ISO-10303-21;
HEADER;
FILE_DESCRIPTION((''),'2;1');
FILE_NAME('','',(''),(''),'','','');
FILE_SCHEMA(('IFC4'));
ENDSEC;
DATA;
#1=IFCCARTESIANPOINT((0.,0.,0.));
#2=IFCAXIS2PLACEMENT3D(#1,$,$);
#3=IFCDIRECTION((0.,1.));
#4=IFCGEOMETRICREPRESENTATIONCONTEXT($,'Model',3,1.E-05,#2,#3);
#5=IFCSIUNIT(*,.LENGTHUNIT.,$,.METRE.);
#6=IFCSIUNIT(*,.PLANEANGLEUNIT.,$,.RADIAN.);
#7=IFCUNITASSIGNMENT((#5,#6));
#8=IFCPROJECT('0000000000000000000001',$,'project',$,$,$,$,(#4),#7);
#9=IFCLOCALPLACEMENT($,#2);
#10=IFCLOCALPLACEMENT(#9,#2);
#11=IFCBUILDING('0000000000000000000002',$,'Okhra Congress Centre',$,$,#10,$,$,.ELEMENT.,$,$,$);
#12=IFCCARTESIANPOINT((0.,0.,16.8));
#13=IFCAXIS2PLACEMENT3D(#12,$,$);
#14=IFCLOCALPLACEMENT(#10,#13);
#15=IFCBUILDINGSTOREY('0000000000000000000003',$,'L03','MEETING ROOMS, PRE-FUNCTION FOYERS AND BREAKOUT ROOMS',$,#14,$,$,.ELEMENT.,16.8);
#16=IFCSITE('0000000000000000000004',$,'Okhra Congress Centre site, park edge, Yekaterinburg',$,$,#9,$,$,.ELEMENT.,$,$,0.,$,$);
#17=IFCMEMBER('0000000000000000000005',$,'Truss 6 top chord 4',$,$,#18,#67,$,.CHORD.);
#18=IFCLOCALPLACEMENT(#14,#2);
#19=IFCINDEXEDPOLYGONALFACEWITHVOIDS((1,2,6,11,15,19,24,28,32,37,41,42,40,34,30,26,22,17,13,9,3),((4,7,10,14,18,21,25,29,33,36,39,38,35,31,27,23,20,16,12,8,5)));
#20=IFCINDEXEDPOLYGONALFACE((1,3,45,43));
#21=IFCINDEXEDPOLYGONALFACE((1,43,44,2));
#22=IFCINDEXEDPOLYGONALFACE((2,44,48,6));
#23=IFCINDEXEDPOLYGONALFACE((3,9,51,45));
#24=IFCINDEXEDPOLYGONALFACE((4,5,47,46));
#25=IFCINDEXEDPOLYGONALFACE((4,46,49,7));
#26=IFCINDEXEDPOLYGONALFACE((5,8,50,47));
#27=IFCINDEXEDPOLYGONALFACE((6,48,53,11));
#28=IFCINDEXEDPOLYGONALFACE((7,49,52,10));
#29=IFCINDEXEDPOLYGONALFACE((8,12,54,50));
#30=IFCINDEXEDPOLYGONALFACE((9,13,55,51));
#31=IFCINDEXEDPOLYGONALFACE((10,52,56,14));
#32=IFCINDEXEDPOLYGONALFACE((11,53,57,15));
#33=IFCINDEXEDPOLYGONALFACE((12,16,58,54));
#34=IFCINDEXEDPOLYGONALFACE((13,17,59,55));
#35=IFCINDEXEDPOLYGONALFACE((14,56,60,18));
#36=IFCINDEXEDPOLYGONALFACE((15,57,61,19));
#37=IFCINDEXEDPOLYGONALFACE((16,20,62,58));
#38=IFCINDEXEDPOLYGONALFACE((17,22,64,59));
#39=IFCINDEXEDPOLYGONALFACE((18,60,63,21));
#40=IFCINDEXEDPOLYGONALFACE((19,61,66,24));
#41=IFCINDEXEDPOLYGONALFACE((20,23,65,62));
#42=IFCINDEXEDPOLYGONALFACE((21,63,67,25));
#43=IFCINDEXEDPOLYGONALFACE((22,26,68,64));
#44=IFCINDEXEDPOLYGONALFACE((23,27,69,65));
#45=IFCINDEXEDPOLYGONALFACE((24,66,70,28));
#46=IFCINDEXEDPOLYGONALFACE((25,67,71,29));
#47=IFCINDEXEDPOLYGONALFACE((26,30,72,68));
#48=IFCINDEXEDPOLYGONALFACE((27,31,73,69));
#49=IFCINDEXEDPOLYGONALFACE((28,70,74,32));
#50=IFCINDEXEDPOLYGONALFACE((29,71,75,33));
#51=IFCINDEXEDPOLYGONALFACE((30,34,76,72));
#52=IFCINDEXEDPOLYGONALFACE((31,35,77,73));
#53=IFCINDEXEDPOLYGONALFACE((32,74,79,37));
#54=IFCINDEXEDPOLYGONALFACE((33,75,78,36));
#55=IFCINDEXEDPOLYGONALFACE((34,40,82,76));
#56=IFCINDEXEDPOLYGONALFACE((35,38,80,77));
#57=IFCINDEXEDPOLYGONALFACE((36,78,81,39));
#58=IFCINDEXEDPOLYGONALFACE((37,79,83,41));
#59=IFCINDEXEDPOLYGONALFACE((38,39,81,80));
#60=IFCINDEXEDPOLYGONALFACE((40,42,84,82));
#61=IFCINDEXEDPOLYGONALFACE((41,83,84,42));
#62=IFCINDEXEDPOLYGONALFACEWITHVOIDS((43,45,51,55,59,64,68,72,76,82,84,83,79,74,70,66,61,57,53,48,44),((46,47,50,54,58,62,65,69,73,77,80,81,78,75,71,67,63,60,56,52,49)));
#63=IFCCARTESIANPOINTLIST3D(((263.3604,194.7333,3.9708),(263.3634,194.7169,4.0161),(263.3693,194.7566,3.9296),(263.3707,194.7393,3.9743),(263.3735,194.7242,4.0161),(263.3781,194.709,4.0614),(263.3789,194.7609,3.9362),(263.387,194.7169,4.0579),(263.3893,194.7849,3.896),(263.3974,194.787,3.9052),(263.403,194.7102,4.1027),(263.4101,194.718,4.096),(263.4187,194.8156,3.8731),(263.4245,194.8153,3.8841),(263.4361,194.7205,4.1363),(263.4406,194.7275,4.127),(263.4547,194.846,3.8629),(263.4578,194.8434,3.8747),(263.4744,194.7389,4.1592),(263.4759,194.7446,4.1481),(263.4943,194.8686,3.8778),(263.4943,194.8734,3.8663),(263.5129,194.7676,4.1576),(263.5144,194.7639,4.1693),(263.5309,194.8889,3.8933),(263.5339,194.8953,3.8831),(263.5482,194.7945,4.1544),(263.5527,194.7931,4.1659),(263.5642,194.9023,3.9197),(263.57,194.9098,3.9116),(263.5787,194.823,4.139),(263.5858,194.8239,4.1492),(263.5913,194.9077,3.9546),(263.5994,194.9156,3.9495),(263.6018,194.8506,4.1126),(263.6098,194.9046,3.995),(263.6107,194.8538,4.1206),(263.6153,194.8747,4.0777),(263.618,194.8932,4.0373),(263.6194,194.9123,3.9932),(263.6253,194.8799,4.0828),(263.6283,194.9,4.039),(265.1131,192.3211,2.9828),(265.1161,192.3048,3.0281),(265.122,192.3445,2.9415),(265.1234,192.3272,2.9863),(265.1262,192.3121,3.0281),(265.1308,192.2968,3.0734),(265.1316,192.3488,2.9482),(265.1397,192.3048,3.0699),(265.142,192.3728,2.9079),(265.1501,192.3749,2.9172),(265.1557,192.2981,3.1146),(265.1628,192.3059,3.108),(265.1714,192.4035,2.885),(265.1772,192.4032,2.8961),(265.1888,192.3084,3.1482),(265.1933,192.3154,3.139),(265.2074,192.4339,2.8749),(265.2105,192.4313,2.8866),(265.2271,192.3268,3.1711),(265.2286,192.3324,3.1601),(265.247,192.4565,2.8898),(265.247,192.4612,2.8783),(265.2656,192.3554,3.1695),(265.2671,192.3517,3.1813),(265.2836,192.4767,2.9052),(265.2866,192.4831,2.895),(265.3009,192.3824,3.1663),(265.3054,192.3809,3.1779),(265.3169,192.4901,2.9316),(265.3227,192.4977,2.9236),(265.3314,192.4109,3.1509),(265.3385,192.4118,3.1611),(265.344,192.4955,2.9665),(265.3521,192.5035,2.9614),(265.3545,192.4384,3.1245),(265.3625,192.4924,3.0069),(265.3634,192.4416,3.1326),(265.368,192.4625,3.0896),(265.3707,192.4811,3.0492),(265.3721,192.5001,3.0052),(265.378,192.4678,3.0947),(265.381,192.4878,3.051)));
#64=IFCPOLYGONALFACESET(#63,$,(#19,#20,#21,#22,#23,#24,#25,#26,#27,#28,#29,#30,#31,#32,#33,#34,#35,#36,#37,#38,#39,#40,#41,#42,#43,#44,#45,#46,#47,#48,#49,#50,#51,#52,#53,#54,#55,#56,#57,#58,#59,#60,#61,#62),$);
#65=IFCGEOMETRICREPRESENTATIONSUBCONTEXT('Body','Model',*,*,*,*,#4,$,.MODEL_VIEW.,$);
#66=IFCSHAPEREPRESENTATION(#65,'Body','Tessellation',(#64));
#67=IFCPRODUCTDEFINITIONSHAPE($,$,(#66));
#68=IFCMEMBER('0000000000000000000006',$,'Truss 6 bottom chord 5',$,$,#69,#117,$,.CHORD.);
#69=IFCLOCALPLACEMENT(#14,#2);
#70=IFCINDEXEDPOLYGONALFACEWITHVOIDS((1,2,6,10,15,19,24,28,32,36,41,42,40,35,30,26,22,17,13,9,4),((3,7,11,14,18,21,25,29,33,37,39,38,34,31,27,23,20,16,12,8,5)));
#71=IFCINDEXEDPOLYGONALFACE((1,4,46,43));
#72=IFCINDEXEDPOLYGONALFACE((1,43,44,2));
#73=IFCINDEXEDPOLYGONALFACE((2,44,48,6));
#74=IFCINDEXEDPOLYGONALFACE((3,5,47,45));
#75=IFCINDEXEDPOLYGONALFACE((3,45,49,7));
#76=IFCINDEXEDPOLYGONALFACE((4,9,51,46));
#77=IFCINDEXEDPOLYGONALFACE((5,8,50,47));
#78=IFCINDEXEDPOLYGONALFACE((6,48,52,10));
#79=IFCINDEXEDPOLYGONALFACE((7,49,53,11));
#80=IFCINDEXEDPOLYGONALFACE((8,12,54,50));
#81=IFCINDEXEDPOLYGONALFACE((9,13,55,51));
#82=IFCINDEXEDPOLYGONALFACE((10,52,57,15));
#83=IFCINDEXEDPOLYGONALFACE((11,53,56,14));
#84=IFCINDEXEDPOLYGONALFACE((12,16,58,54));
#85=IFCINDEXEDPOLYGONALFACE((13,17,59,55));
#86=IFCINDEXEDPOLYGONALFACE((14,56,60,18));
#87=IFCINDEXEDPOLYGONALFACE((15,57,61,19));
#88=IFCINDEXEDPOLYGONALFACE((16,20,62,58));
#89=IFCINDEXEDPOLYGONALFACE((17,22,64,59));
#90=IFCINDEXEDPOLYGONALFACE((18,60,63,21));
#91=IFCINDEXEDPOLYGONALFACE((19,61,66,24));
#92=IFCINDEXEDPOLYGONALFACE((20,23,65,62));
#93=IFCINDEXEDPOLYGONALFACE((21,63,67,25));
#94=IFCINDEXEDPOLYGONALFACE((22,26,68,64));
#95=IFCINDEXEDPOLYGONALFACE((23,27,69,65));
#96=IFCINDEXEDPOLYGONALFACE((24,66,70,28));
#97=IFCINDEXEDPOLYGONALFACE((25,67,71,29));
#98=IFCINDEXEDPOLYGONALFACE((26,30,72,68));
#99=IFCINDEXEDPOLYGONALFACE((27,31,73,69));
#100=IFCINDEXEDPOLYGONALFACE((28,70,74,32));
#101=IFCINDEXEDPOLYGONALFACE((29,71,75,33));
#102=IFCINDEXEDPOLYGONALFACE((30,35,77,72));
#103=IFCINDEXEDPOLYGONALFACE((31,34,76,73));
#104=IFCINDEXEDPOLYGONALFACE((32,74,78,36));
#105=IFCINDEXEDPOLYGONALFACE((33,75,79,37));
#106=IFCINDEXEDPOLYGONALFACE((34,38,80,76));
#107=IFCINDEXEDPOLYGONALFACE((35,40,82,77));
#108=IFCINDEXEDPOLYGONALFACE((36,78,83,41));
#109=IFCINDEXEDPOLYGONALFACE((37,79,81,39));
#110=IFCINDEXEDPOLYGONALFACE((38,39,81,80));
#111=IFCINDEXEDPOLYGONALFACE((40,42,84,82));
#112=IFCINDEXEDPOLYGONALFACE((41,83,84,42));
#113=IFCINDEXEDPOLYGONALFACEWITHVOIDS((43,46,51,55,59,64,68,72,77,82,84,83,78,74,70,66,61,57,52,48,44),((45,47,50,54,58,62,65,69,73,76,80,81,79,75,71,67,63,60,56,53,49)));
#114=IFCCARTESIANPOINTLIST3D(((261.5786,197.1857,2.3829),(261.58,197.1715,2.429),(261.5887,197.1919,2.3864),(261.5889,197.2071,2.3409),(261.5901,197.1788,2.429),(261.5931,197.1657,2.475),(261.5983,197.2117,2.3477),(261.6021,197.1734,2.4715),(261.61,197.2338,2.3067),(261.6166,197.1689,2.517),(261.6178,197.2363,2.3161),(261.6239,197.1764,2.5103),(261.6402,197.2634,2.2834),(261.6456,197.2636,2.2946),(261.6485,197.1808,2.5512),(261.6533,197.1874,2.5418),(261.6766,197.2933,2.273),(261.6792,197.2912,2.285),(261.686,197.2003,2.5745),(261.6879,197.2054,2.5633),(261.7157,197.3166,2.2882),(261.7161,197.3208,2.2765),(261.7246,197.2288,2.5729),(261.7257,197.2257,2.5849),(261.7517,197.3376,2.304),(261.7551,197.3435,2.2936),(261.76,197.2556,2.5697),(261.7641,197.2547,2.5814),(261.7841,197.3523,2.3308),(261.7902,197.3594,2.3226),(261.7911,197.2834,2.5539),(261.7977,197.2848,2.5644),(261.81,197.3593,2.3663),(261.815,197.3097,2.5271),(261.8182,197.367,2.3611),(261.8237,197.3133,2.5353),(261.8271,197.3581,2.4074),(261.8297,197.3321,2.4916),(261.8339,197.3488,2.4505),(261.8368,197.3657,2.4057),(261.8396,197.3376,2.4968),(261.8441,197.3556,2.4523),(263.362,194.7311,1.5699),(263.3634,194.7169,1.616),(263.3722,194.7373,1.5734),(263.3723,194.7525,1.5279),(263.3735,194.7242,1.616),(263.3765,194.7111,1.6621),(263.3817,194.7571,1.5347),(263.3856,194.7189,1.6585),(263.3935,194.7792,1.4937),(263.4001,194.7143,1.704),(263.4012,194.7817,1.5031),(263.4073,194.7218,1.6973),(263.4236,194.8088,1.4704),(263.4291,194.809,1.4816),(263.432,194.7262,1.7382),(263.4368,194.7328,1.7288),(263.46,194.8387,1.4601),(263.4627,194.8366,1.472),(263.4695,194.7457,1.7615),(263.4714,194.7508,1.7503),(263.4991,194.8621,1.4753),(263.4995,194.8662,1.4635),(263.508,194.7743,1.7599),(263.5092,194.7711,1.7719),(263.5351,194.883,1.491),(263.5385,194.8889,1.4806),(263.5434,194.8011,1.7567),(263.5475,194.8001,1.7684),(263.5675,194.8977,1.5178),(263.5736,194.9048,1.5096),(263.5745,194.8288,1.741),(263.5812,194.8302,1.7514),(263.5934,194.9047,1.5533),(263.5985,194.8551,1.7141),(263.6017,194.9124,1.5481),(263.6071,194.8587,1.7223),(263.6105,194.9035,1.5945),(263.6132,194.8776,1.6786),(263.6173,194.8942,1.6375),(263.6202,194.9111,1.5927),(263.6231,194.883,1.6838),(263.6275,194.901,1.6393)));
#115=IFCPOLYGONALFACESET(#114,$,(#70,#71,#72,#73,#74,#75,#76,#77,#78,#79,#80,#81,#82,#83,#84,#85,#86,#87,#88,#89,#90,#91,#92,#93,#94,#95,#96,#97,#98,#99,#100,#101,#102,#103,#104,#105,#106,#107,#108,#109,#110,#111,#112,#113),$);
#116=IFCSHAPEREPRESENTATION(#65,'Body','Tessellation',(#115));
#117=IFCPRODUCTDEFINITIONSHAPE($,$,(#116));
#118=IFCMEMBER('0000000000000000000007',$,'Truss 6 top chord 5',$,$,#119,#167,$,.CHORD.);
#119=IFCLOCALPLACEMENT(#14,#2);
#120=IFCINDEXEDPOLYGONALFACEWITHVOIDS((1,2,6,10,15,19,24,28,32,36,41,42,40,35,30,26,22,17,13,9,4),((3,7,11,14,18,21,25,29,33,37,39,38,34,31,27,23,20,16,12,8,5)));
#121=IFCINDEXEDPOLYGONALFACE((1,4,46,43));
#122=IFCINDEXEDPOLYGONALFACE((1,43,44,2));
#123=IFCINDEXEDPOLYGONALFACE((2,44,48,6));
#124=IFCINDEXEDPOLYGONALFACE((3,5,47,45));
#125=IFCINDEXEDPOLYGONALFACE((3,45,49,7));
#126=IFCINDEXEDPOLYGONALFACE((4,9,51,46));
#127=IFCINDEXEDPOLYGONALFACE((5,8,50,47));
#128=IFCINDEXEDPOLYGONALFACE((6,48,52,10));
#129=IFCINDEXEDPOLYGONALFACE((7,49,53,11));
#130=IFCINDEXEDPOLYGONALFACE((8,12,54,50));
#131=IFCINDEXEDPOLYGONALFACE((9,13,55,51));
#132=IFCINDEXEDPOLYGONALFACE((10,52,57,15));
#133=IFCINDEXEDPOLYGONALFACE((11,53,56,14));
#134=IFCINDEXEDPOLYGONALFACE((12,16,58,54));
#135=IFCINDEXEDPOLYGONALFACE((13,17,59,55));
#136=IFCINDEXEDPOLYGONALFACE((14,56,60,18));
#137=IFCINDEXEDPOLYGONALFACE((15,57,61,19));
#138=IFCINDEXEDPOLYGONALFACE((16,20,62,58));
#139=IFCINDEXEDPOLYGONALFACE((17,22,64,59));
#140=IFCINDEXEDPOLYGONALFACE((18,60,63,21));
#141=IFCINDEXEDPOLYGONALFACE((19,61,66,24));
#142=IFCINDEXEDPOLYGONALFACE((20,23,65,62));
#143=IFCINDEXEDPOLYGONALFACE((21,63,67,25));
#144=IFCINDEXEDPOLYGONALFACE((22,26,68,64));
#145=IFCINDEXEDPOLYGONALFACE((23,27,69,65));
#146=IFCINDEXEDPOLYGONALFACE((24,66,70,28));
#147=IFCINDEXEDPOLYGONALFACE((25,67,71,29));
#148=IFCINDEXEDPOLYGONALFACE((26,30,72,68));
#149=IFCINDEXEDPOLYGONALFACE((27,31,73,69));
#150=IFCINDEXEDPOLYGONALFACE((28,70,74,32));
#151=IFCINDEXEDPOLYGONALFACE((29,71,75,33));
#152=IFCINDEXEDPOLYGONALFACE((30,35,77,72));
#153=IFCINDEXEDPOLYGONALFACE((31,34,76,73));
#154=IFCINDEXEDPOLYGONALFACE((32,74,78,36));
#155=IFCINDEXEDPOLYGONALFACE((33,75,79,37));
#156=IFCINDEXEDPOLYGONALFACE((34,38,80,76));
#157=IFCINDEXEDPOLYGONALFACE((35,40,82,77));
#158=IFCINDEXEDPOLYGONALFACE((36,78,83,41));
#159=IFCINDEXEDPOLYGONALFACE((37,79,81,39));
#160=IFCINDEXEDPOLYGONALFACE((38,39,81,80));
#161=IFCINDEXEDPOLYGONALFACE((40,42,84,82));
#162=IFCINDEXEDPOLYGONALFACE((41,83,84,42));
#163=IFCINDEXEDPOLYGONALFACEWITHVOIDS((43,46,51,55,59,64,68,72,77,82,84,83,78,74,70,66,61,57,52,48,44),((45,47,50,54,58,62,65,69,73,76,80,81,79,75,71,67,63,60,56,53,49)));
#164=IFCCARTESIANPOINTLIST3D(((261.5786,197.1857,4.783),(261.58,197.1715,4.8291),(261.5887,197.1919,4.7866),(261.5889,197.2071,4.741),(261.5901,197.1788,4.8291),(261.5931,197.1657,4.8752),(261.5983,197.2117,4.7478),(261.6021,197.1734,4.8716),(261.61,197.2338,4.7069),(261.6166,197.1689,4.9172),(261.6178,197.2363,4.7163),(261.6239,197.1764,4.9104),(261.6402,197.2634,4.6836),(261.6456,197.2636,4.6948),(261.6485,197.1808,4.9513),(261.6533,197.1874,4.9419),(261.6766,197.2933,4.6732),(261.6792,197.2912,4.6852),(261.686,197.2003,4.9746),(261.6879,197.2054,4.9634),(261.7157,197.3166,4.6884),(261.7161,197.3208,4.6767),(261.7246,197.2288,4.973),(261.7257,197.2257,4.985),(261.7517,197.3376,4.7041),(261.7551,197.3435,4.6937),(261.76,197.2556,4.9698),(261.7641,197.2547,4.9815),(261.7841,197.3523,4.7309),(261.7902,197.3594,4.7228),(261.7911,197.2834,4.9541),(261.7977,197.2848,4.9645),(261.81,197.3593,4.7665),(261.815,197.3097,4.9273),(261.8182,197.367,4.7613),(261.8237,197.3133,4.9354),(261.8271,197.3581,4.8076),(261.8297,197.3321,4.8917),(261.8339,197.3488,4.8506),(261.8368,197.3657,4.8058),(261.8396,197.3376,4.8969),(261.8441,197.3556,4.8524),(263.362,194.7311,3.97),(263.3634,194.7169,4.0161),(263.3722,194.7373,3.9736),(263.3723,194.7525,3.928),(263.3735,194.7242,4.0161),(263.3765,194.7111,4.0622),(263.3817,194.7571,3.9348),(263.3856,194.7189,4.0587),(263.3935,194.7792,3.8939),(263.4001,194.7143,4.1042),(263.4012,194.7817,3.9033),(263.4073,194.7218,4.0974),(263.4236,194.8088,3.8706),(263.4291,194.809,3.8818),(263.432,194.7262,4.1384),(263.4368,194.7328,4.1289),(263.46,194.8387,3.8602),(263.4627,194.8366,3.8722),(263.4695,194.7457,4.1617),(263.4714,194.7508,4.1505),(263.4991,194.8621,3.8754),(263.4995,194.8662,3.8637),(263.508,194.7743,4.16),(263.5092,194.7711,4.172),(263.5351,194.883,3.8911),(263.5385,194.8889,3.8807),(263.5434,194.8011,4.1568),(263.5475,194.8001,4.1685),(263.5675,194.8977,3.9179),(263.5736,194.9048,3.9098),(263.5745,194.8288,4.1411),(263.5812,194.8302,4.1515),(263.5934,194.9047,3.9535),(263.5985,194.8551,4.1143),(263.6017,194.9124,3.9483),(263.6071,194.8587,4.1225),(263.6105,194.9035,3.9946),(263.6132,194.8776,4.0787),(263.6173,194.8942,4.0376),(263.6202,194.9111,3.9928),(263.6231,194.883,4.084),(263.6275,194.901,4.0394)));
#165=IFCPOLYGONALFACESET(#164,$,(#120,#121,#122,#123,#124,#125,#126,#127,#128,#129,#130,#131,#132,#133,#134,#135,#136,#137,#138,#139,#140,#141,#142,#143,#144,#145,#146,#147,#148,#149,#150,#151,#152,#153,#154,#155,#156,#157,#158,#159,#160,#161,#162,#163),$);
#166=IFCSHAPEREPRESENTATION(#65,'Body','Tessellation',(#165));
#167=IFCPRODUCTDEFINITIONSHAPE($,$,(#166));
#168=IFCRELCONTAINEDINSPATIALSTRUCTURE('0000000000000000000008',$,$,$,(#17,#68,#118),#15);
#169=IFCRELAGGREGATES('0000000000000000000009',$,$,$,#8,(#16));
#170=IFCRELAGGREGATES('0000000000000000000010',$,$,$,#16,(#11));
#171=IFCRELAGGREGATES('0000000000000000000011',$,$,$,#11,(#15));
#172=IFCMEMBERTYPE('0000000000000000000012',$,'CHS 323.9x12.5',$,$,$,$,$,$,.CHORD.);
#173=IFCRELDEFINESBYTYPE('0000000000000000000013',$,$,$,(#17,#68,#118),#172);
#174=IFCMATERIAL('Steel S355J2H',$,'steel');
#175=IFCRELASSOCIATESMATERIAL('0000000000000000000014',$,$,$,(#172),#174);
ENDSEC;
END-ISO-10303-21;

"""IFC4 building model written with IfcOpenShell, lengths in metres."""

from ifc_helpers import new_model, si_unit, direction, frame, origin, origin_2d, place, context, subcontext, project, spatial, hollow_circle, extrude, material, material_profile, profile_set, type_object, element, save


model = new_model("IFC4")

# Units and contexts
model_context = context("Model", 3, precision=1e-05, world=origin(), true_north=direction((0.0, 1.0)))
body_context = subcontext(model_context, "Body", "Model", "MODEL_VIEW")
ifc_project = project(units=[si_unit("LENGTHUNIT", "METRE"), si_unit("PLANEANGLEUNIT", "RADIAN")], contexts=[model_context])

# Site, building, storey
site_placement = place(None, origin())
site = spatial("IfcSite", under=ifc_project, at=site_placement, Name="Okhra Congress Centre site, park edge, Yekaterinburg", CompositionType="ELEMENT", RefElevation=0.0)
building_placement = place(site_placement, origin())
building = spatial("IfcBuilding", under=site, at=building_placement, Name="Okhra Congress Centre", CompositionType="ELEMENT")
storey_placement = place(building_placement, frame((0.0, 0.0, 16.8)))
storey = spatial("IfcBuildingStorey", under=building, at=storey_placement, Name="L03", Description="MEETING ROOMS, PRE-FUNCTION FOYERS AND BREAKOUT ROOMS", CompositionType="ELEMENT", Elevation=16.8)

# Members
ifc_material_1 = material(Name="Steel S355J2H", Category="steel")
ifc_material_profile_1 = material_profile(ifc_material_1, hollow_circle(Radius=0.1619, WallThickness=0.0125, at=origin_2d()), Name="CHS 323.9x12.5")
ifc_profile_set_1 = profile_set([ifc_material_profile_1], Name="Steel S355J2H")
member_type_1 = type_object("IfcMemberType", Name="CHS 323.9x12.5", PredefinedType="CHORD", material=ifc_profile_set_1)
for number, where, z_axis, x_axis, name in (
    (1, (265.2471, 192.3999, 3.0281), (-0.557988, 0.767923, 0.314553), (-0.808987, -0.587826, 0.0), "Truss 6 top chord 4"),
    (2, (263.4944, 194.812, 1.616), (-0.567774, 0.781437, 0.258821), (-0.809004, -0.587803, 0.0), "Truss 6 bottom chord 5"),
    (3, (263.4944, 194.812, 4.0161), (-0.567774, 0.781437, 0.258821), (-0.809004, -0.587803, 0.0), "Truss 6 top chord 5"),
):
    element("IfcMember", number, at=place(storey_placement, frame(where, z_axis=z_axis, x_axis=x_axis)), inside=storey, type_object=member_type_1, Name=name, PredefinedType="CHORD", context=body_context, shape_type="SweptSolid", body=[
        extrude(hollow_circle(Radius=0.1619, WallThickness=0.0125, at=origin_2d()), origin(), (0.0, 0.0, 1.0), 3.1411),
    ])

save(model, "model.ifc")
